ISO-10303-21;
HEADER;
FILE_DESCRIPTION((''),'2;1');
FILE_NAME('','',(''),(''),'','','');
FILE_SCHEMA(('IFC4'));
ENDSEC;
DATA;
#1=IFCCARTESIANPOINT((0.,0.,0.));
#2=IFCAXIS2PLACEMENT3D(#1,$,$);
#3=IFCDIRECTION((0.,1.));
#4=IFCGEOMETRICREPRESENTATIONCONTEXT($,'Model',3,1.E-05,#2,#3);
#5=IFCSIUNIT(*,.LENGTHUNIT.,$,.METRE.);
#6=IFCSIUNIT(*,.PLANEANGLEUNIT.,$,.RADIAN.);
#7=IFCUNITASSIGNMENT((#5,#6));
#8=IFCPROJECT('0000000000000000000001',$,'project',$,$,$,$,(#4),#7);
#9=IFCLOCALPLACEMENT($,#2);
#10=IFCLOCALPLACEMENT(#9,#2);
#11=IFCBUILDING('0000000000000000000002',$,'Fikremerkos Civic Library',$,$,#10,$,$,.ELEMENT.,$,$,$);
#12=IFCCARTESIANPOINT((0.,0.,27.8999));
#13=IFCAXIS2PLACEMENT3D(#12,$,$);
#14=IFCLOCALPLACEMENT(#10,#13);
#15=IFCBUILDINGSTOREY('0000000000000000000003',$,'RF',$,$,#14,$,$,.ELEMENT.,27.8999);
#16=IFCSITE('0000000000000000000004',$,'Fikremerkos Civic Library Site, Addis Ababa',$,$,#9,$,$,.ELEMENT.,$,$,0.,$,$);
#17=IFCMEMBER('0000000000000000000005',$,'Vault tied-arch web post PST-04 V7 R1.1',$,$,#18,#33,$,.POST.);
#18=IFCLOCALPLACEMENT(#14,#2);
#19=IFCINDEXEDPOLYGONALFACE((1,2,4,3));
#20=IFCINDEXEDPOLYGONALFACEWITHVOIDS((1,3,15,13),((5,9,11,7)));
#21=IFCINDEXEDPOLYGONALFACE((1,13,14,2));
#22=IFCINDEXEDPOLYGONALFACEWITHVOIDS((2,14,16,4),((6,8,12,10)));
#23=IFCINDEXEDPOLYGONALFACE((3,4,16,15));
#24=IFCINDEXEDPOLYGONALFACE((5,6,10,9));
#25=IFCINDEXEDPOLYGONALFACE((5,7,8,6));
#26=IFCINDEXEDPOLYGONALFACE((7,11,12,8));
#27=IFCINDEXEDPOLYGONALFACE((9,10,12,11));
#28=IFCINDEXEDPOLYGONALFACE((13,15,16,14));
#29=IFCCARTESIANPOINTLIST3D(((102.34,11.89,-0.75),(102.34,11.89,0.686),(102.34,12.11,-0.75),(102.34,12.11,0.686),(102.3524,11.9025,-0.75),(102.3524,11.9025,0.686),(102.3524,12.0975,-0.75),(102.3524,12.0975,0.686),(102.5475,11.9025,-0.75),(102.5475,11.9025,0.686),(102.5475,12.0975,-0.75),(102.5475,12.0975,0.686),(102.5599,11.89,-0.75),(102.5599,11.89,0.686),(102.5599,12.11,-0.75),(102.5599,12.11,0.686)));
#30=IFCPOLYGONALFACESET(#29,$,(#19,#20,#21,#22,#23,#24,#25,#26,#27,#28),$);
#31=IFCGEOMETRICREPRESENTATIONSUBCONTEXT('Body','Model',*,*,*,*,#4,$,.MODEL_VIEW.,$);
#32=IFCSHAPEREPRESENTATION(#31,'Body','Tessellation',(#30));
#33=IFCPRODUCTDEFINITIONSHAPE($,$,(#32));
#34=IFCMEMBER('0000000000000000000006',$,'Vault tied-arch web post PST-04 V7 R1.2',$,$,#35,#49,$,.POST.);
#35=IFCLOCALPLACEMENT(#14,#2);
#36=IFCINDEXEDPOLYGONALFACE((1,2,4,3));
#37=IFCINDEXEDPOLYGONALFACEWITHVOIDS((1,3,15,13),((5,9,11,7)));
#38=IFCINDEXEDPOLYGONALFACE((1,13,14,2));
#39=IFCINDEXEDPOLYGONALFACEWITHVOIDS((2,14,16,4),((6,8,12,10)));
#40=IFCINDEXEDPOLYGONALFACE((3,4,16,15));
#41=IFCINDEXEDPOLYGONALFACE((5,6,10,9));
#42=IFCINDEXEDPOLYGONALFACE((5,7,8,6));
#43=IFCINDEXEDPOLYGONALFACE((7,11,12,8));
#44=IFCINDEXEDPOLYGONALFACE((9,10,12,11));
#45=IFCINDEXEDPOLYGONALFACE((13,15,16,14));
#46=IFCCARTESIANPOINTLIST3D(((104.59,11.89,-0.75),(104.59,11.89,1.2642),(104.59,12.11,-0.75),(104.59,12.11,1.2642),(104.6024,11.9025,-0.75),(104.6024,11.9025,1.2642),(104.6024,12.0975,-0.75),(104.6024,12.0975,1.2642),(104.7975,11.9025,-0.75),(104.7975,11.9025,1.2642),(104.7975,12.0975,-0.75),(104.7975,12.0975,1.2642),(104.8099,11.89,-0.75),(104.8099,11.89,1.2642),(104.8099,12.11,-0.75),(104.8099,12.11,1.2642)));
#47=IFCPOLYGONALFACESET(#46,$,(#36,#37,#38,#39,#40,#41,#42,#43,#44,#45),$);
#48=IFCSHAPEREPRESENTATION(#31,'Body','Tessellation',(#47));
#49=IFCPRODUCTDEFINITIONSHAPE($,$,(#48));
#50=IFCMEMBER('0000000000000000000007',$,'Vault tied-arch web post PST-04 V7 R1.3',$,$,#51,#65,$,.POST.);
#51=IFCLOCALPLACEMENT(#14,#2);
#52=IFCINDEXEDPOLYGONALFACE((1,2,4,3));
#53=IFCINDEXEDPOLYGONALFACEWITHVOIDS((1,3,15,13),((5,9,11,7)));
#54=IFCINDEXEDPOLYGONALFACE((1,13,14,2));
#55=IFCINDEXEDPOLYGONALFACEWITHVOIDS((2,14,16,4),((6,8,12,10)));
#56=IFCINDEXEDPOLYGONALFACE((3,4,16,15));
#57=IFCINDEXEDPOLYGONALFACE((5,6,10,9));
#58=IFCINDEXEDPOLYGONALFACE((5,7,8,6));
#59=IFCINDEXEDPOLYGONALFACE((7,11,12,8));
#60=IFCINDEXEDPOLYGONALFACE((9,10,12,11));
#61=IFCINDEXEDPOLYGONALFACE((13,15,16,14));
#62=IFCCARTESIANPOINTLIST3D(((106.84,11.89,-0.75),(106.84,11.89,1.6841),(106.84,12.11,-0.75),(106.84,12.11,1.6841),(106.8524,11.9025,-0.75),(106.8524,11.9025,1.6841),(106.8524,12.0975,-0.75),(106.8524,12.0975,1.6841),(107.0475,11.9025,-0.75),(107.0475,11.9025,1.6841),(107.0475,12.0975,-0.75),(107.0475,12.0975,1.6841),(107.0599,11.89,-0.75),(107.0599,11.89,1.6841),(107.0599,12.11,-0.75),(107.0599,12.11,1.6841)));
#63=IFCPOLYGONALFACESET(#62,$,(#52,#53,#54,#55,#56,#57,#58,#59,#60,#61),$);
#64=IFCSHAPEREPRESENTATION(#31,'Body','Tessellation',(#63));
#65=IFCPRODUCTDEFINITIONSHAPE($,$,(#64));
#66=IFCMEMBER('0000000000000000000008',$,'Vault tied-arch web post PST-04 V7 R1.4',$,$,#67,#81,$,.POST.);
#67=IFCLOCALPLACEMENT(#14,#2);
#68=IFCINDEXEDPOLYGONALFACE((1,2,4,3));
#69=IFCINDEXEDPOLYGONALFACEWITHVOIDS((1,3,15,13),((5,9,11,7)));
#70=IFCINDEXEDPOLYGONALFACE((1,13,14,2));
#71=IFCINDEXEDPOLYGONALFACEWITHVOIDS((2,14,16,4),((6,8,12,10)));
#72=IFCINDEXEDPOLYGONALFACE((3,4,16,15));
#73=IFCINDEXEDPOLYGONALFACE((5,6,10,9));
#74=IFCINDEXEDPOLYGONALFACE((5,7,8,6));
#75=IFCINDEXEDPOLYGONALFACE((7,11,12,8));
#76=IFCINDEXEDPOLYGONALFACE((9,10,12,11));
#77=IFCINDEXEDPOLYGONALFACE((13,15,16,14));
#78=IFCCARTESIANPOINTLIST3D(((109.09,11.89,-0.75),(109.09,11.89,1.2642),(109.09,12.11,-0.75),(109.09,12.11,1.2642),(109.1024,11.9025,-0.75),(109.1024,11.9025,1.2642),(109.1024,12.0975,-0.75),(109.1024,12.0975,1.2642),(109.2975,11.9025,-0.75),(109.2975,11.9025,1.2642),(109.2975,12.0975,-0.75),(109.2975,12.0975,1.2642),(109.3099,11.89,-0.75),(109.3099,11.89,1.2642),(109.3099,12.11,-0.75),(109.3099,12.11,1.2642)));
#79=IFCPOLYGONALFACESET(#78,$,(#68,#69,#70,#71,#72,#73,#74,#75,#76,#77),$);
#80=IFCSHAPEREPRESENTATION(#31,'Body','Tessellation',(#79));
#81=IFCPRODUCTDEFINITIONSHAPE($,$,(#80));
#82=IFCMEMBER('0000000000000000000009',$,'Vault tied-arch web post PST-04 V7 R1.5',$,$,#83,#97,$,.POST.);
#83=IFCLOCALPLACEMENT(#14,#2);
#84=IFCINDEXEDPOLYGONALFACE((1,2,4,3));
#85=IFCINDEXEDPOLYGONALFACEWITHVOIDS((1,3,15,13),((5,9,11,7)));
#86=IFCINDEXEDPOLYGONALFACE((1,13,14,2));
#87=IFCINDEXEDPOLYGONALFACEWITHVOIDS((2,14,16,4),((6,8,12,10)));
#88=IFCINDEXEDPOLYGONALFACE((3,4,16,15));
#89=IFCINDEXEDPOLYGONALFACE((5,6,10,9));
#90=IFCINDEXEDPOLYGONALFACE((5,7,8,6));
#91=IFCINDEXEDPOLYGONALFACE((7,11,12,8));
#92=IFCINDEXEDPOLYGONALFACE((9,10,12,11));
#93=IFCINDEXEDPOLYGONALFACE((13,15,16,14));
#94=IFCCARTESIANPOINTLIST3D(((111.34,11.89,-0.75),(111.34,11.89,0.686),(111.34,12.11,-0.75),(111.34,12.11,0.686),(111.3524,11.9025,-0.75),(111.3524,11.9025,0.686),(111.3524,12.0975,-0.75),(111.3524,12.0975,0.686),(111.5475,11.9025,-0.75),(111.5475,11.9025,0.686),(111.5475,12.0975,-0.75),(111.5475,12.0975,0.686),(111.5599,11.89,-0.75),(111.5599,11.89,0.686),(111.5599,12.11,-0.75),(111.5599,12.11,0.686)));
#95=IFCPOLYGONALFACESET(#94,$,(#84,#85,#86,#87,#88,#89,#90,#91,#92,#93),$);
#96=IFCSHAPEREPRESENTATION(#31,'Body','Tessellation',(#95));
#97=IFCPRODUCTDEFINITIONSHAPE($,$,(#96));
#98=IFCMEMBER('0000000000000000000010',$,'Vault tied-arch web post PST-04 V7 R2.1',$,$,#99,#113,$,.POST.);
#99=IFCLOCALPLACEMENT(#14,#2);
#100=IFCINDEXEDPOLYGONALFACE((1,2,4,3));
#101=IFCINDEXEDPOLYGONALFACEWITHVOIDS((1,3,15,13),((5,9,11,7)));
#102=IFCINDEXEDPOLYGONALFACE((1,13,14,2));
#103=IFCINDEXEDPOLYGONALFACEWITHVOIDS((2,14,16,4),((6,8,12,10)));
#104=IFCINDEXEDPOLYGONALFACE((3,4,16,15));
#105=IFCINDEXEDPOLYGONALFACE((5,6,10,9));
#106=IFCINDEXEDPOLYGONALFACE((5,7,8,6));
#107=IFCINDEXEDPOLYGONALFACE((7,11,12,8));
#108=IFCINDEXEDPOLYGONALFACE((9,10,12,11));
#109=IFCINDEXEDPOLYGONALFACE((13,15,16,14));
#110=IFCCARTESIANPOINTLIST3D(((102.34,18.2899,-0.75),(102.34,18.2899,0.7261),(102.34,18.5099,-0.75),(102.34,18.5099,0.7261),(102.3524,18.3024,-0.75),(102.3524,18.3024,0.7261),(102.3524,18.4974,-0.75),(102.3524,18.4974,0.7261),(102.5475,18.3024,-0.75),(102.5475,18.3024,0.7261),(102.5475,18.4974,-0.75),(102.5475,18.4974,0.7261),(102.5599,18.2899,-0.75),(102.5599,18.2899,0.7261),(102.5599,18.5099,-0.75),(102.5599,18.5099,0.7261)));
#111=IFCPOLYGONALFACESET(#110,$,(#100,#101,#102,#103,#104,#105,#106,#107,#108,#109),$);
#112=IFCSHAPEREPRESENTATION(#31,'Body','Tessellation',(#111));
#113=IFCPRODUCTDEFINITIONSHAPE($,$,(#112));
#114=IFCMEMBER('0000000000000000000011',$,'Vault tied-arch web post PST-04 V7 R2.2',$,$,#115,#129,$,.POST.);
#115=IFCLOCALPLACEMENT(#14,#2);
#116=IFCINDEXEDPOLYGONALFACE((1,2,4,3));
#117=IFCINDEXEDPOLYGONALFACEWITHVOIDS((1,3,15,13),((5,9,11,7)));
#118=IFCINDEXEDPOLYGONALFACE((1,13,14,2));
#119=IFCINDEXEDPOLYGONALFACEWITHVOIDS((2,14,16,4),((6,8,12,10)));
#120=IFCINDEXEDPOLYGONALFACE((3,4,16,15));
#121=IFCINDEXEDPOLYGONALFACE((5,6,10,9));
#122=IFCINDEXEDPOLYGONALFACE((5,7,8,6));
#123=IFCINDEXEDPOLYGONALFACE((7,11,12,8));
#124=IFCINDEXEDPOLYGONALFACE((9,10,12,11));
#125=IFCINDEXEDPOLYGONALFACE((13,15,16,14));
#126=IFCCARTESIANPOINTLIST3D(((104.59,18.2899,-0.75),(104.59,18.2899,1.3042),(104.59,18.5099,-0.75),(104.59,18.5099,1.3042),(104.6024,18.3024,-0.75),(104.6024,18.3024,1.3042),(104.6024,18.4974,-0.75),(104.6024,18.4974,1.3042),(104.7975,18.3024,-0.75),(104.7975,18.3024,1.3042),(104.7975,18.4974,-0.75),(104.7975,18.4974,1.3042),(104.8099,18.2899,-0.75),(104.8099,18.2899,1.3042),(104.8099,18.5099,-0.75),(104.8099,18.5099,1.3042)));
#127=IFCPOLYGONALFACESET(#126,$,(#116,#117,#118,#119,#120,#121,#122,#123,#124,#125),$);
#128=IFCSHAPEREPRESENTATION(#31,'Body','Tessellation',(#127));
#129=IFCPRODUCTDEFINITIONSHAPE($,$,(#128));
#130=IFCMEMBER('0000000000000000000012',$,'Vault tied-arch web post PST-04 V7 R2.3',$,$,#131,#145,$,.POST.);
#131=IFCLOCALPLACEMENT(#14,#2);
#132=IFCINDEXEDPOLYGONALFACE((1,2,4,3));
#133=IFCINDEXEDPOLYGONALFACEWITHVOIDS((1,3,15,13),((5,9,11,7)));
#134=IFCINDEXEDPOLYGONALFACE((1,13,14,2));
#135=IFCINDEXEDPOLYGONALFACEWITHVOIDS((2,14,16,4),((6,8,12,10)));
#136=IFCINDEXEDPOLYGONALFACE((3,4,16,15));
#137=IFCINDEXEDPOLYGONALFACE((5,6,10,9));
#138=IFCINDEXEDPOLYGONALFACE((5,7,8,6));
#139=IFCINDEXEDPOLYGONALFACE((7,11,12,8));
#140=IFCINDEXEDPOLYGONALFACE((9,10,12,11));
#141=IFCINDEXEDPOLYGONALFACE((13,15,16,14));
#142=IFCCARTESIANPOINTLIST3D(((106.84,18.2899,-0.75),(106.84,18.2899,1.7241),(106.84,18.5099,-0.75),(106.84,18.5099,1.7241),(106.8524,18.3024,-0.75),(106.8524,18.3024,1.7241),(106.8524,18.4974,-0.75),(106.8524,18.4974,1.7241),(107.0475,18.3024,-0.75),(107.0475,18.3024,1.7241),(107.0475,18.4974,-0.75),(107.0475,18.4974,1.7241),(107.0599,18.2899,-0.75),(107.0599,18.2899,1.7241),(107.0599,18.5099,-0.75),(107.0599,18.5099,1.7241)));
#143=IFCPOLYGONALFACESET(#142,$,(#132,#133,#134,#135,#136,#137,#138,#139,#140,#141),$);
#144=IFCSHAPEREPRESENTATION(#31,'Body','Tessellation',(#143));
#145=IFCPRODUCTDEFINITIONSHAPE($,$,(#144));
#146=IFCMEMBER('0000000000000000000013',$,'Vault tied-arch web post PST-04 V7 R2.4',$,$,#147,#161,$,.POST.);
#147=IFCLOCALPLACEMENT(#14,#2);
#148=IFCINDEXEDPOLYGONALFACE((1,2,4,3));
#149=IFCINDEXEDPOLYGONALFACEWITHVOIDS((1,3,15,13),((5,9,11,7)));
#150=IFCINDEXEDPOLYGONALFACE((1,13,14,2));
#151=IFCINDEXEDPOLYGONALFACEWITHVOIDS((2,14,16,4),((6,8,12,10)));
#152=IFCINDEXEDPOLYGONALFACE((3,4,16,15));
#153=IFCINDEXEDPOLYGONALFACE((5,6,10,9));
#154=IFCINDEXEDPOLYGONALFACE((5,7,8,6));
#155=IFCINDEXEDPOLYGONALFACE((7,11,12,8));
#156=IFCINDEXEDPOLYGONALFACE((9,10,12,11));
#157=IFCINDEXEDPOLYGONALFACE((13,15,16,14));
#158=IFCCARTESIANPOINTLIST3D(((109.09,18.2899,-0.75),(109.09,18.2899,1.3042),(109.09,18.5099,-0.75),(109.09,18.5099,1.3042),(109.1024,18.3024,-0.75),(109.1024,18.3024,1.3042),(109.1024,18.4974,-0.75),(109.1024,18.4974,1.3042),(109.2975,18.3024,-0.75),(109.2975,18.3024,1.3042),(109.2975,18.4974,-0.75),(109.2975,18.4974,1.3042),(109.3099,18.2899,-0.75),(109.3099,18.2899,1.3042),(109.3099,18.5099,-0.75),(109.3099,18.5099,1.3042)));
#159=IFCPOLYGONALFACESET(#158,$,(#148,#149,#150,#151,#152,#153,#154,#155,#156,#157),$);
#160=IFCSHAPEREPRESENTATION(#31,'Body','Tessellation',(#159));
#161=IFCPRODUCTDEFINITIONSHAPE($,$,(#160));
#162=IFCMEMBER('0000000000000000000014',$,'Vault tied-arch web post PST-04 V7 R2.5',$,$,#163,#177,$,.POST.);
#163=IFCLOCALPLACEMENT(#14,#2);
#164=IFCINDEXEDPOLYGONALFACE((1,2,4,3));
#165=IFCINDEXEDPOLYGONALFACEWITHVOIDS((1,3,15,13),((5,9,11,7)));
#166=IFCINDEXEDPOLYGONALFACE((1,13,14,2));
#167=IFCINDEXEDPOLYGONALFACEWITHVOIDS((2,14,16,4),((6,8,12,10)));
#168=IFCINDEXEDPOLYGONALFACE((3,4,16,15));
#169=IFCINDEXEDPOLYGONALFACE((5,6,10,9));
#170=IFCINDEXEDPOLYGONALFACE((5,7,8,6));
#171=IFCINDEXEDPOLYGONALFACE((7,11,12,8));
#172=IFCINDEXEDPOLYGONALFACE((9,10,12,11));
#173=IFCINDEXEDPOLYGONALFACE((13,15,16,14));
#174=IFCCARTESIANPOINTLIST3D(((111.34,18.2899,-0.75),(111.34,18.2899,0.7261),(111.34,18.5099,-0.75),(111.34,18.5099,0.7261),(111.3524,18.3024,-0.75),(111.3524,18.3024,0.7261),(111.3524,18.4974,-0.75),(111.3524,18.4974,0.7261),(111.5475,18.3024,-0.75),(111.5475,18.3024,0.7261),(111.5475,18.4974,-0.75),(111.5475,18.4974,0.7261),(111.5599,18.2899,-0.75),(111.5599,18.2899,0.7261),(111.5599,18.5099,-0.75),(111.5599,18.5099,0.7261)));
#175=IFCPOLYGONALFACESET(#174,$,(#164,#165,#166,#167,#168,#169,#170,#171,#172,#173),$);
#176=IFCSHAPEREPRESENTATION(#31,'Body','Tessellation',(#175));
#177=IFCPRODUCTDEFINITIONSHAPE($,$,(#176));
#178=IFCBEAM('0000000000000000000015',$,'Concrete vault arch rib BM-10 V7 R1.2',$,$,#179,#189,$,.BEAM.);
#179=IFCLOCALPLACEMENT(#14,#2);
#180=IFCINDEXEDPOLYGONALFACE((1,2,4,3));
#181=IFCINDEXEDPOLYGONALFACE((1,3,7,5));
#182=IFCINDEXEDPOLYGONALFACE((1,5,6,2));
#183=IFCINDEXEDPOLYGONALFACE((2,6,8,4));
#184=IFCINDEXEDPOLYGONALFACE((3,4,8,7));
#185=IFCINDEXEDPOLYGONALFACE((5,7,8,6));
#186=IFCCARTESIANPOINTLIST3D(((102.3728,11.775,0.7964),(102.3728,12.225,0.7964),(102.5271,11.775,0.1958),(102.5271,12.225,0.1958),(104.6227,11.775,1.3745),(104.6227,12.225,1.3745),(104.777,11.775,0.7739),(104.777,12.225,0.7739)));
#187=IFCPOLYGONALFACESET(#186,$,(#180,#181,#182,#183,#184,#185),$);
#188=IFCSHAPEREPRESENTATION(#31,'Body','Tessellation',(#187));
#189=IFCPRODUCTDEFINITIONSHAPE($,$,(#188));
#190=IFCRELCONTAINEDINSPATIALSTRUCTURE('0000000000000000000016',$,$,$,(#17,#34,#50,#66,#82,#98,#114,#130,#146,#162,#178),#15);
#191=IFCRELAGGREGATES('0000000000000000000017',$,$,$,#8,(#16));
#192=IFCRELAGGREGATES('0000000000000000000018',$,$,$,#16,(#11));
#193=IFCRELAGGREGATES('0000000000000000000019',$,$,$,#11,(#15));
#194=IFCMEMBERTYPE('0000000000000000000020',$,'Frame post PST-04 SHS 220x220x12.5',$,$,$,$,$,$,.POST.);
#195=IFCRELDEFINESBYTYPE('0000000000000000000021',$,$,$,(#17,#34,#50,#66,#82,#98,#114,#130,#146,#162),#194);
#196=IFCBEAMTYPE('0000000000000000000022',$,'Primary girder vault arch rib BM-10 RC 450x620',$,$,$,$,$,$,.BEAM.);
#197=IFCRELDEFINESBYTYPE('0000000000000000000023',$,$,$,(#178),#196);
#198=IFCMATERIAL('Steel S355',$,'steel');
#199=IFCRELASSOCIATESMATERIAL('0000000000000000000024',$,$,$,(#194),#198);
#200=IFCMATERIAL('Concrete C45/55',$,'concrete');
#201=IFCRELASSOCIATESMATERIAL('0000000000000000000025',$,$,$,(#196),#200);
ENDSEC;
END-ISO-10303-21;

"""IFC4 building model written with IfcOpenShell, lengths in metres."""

from ifc_helpers import new_model, si_unit, direction, frame, origin, origin_2d, place, context, subcontext, project, spatial, rectangle, hollow_rectangle, extrude, material, material_profile, profile_set, type_object, element, save


model = new_model("IFC4")

# Units and contexts
model_context = context("Model", 3, precision=1e-05, world=origin(), true_north=direction((0.0, 1.0)))
body_context = subcontext(model_context, "Body", "Model", "MODEL_VIEW")
ifc_project = project(units=[si_unit("LENGTHUNIT", "METRE"), si_unit("PLANEANGLEUNIT", "RADIAN")], contexts=[model_context])

# Site, building, storey
site_placement = place(None, origin())
site = spatial("IfcSite", under=ifc_project, at=site_placement, Name="Fikremerkos Civic Library Site, Addis Ababa", CompositionType="ELEMENT", RefElevation=0.0)
building_placement = place(site_placement, origin())
building = spatial("IfcBuilding", under=site, at=building_placement, Name="Fikremerkos Civic Library", CompositionType="ELEMENT")
storey_placement = place(building_placement, frame((0.0, 0.0, 27.8999)))
storey = spatial("IfcBuildingStorey", under=building, at=storey_placement, Name="RF", CompositionType="ELEMENT", Elevation=27.8999)

# Members
ifc_material_1 = material(Name="Steel S355", Category="steel")
ifc_material_profile_1 = material_profile(ifc_material_1, hollow_rectangle(XDim=0.22, YDim=0.22, WallThickness=0.0125, at=origin_2d()), Name="SHS 220x220x12.5")
ifc_profile_set_1 = profile_set([ifc_material_profile_1], Name="Steel S355")
member_type_1 = type_object("IfcMemberType", Name="Frame post PST-04 SHS 220x220x12.5", PredefinedType="POST", material=ifc_profile_set_1)
member_1_placement = place(storey_placement, frame((102.45, 12.0, -0.75), z_axis=(0.0, 0.0, 1.0), x_axis=(1.0, 0.0, 0.0)))
element("IfcMember", 1, at=member_1_placement, inside=storey, type_object=member_type_1, Name="Vault tied-arch web post PST-04 V7 R1.1", PredefinedType="POST", context=body_context, shape_type="SweptSolid", body=[
    extrude(hollow_rectangle(XDim=0.22, YDim=0.22, WallThickness=0.0125, at=origin_2d()), origin(), (0.0, 0.0, 1.0), 1.436),
])
member_2_placement = place(storey_placement, frame((104.7, 12.0, -0.75), z_axis=(0.0, 0.0, 1.0), x_axis=(1.0, 0.0, 0.0)))
element("IfcMember", 2, at=member_2_placement, inside=storey, type_object=member_type_1, Name="Vault tied-arch web post PST-04 V7 R1.2", PredefinedType="POST", context=body_context, shape_type="SweptSolid", body=[
    extrude(hollow_rectangle(XDim=0.22, YDim=0.22, WallThickness=0.0125, at=origin_2d()), origin(), (0.0, 0.0, 1.0), 2.0142),
])
member_3_placement = place(storey_placement, frame((106.95, 12.0, -0.75), z_axis=(0.0, 0.0, 1.0), x_axis=(1.0, 0.0, 0.0)))
element("IfcMember", 3, at=member_3_placement, inside=storey, type_object=member_type_1, Name="Vault tied-arch web post PST-04 V7 R1.3", PredefinedType="POST", context=body_context, shape_type="SweptSolid", body=[
    extrude(hollow_rectangle(XDim=0.22, YDim=0.22, WallThickness=0.0125, at=origin_2d()), origin(), (0.0, 0.0, 1.0), 2.4341),
])
member_4_placement = place(storey_placement, frame((109.2, 12.0, -0.75), z_axis=(0.0, 0.0, 1.0), x_axis=(1.0, 0.0, 0.0)))
element("IfcMember", 4, at=member_4_placement, inside=storey, type_object=member_type_1, Name="Vault tied-arch web post PST-04 V7 R1.4", PredefinedType="POST", context=body_context, shape_type="SweptSolid", body=[
    extrude(hollow_rectangle(XDim=0.22, YDim=0.22, WallThickness=0.0125, at=origin_2d()), origin(), (0.0, 0.0, 1.0), 2.0142),
])
member_5_placement = place(storey_placement, frame((111.45, 12.0, -0.75), z_axis=(0.0, 0.0, 1.0), x_axis=(1.0, 0.0, 0.0)))
element("IfcMember", 5, at=member_5_placement, inside=storey, type_object=member_type_1, Name="Vault tied-arch web post PST-04 V7 R1.5", PredefinedType="POST", context=body_context, shape_type="SweptSolid", body=[
    extrude(hollow_rectangle(XDim=0.22, YDim=0.22, WallThickness=0.0125, at=origin_2d()), origin(), (0.0, 0.0, 1.0), 1.436),
])
member_6_placement = place(storey_placement, frame((102.45, 18.3999, -0.75), z_axis=(0.0, 0.0, 1.0), x_axis=(1.0, 0.0, 0.0)))
element("IfcMember", 6, at=member_6_placement, inside=storey, type_object=member_type_1, Name="Vault tied-arch web post PST-04 V7 R2.1", PredefinedType="POST", context=body_context, shape_type="SweptSolid", body=[
    extrude(hollow_rectangle(XDim=0.22, YDim=0.22, WallThickness=0.0125, at=origin_2d()), origin(), (0.0, 0.0, 1.0), 1.4761),
])
member_7_placement = place(storey_placement, frame((104.7, 18.3999, -0.75), z_axis=(0.0, 0.0, 1.0), x_axis=(1.0, 0.0, 0.0)))
element("IfcMember", 7, at=member_7_placement, inside=storey, type_object=member_type_1, Name="Vault tied-arch web post PST-04 V7 R2.2", PredefinedType="POST", context=body_context, shape_type="SweptSolid", body=[
    extrude(hollow_rectangle(XDim=0.22, YDim=0.22, WallThickness=0.0125, at=origin_2d()), origin(), (0.0, 0.0, 1.0), 2.0542),
])
member_8_placement = place(storey_placement, frame((106.95, 18.3999, -0.75), z_axis=(0.0, 0.0, 1.0), x_axis=(1.0, 0.0, 0.0)))
element("IfcMember", 8, at=member_8_placement, inside=storey, type_object=member_type_1, Name="Vault tied-arch web post PST-04 V7 R2.3", PredefinedType="POST", context=body_context, shape_type="SweptSolid", body=[
    extrude(hollow_rectangle(XDim=0.22, YDim=0.22, WallThickness=0.0125, at=origin_2d()), origin(), (0.0, 0.0, 1.0), 2.4741),
])
member_9_placement = place(storey_placement, frame((109.2, 18.3999, -0.75), z_axis=(0.0, 0.0, 1.0), x_axis=(1.0, 0.0, 0.0)))
element("IfcMember", 9, at=member_9_placement, inside=storey, type_object=member_type_1, Name="Vault tied-arch web post PST-04 V7 R2.4", PredefinedType="POST", context=body_context, shape_type="SweptSolid", body=[
    extrude(hollow_rectangle(XDim=0.22, YDim=0.22, WallThickness=0.0125, at=origin_2d()), origin(), (0.0, 0.0, 1.0), 2.0542),
])
member_10_placement = place(storey_placement, frame((111.45, 18.3999, -0.75), z_axis=(0.0, 0.0, 1.0), x_axis=(1.0, 0.0, 0.0)))
element("IfcMember", 10, at=member_10_placement, inside=storey, type_object=member_type_1, Name="Vault tied-arch web post PST-04 V7 R2.5", PredefinedType="POST", context=body_context, shape_type="SweptSolid", body=[
    extrude(hollow_rectangle(XDim=0.22, YDim=0.22, WallThickness=0.0125, at=origin_2d()), origin(), (0.0, 0.0, 1.0), 1.4761),
])

# Beam
ifc_material_2 = material(Name="Concrete C45/55", Category="concrete")
ifc_material_profile_2 = material_profile(ifc_material_2, rectangle(XDim=0.45, YDim=0.6201, at=origin_2d()), Name="RC 450x620")
ifc_profile_set_2 = profile_set([ifc_material_profile_2], Name="Concrete C45/55")
beam_type_1 = type_object("IfcBeamType", Name="Primary girder vault arch rib BM-10 RC 450x620", PredefinedType="BEAM", material=ifc_profile_set_2)
beam_1_placement = place(storey_placement, frame((102.45, 12.0, 0.4961), z_axis=(0.968539, 0.0, 0.248861), x_axis=(0.0, 1.0, 0.0)))
element("IfcBeam", 11, at=beam_1_placement, inside=storey, type_object=beam_type_1, Name="Concrete vault arch rib BM-10 V7 R1.2", PredefinedType="BEAM", context=body_context, shape_type="SweptSolid", body=[
    extrude(rectangle(XDim=0.45, YDim=0.6201, at=origin_2d()), origin(), (0.0, 0.0, 1.0), 2.323),
])

save(model, "model.ifc")
